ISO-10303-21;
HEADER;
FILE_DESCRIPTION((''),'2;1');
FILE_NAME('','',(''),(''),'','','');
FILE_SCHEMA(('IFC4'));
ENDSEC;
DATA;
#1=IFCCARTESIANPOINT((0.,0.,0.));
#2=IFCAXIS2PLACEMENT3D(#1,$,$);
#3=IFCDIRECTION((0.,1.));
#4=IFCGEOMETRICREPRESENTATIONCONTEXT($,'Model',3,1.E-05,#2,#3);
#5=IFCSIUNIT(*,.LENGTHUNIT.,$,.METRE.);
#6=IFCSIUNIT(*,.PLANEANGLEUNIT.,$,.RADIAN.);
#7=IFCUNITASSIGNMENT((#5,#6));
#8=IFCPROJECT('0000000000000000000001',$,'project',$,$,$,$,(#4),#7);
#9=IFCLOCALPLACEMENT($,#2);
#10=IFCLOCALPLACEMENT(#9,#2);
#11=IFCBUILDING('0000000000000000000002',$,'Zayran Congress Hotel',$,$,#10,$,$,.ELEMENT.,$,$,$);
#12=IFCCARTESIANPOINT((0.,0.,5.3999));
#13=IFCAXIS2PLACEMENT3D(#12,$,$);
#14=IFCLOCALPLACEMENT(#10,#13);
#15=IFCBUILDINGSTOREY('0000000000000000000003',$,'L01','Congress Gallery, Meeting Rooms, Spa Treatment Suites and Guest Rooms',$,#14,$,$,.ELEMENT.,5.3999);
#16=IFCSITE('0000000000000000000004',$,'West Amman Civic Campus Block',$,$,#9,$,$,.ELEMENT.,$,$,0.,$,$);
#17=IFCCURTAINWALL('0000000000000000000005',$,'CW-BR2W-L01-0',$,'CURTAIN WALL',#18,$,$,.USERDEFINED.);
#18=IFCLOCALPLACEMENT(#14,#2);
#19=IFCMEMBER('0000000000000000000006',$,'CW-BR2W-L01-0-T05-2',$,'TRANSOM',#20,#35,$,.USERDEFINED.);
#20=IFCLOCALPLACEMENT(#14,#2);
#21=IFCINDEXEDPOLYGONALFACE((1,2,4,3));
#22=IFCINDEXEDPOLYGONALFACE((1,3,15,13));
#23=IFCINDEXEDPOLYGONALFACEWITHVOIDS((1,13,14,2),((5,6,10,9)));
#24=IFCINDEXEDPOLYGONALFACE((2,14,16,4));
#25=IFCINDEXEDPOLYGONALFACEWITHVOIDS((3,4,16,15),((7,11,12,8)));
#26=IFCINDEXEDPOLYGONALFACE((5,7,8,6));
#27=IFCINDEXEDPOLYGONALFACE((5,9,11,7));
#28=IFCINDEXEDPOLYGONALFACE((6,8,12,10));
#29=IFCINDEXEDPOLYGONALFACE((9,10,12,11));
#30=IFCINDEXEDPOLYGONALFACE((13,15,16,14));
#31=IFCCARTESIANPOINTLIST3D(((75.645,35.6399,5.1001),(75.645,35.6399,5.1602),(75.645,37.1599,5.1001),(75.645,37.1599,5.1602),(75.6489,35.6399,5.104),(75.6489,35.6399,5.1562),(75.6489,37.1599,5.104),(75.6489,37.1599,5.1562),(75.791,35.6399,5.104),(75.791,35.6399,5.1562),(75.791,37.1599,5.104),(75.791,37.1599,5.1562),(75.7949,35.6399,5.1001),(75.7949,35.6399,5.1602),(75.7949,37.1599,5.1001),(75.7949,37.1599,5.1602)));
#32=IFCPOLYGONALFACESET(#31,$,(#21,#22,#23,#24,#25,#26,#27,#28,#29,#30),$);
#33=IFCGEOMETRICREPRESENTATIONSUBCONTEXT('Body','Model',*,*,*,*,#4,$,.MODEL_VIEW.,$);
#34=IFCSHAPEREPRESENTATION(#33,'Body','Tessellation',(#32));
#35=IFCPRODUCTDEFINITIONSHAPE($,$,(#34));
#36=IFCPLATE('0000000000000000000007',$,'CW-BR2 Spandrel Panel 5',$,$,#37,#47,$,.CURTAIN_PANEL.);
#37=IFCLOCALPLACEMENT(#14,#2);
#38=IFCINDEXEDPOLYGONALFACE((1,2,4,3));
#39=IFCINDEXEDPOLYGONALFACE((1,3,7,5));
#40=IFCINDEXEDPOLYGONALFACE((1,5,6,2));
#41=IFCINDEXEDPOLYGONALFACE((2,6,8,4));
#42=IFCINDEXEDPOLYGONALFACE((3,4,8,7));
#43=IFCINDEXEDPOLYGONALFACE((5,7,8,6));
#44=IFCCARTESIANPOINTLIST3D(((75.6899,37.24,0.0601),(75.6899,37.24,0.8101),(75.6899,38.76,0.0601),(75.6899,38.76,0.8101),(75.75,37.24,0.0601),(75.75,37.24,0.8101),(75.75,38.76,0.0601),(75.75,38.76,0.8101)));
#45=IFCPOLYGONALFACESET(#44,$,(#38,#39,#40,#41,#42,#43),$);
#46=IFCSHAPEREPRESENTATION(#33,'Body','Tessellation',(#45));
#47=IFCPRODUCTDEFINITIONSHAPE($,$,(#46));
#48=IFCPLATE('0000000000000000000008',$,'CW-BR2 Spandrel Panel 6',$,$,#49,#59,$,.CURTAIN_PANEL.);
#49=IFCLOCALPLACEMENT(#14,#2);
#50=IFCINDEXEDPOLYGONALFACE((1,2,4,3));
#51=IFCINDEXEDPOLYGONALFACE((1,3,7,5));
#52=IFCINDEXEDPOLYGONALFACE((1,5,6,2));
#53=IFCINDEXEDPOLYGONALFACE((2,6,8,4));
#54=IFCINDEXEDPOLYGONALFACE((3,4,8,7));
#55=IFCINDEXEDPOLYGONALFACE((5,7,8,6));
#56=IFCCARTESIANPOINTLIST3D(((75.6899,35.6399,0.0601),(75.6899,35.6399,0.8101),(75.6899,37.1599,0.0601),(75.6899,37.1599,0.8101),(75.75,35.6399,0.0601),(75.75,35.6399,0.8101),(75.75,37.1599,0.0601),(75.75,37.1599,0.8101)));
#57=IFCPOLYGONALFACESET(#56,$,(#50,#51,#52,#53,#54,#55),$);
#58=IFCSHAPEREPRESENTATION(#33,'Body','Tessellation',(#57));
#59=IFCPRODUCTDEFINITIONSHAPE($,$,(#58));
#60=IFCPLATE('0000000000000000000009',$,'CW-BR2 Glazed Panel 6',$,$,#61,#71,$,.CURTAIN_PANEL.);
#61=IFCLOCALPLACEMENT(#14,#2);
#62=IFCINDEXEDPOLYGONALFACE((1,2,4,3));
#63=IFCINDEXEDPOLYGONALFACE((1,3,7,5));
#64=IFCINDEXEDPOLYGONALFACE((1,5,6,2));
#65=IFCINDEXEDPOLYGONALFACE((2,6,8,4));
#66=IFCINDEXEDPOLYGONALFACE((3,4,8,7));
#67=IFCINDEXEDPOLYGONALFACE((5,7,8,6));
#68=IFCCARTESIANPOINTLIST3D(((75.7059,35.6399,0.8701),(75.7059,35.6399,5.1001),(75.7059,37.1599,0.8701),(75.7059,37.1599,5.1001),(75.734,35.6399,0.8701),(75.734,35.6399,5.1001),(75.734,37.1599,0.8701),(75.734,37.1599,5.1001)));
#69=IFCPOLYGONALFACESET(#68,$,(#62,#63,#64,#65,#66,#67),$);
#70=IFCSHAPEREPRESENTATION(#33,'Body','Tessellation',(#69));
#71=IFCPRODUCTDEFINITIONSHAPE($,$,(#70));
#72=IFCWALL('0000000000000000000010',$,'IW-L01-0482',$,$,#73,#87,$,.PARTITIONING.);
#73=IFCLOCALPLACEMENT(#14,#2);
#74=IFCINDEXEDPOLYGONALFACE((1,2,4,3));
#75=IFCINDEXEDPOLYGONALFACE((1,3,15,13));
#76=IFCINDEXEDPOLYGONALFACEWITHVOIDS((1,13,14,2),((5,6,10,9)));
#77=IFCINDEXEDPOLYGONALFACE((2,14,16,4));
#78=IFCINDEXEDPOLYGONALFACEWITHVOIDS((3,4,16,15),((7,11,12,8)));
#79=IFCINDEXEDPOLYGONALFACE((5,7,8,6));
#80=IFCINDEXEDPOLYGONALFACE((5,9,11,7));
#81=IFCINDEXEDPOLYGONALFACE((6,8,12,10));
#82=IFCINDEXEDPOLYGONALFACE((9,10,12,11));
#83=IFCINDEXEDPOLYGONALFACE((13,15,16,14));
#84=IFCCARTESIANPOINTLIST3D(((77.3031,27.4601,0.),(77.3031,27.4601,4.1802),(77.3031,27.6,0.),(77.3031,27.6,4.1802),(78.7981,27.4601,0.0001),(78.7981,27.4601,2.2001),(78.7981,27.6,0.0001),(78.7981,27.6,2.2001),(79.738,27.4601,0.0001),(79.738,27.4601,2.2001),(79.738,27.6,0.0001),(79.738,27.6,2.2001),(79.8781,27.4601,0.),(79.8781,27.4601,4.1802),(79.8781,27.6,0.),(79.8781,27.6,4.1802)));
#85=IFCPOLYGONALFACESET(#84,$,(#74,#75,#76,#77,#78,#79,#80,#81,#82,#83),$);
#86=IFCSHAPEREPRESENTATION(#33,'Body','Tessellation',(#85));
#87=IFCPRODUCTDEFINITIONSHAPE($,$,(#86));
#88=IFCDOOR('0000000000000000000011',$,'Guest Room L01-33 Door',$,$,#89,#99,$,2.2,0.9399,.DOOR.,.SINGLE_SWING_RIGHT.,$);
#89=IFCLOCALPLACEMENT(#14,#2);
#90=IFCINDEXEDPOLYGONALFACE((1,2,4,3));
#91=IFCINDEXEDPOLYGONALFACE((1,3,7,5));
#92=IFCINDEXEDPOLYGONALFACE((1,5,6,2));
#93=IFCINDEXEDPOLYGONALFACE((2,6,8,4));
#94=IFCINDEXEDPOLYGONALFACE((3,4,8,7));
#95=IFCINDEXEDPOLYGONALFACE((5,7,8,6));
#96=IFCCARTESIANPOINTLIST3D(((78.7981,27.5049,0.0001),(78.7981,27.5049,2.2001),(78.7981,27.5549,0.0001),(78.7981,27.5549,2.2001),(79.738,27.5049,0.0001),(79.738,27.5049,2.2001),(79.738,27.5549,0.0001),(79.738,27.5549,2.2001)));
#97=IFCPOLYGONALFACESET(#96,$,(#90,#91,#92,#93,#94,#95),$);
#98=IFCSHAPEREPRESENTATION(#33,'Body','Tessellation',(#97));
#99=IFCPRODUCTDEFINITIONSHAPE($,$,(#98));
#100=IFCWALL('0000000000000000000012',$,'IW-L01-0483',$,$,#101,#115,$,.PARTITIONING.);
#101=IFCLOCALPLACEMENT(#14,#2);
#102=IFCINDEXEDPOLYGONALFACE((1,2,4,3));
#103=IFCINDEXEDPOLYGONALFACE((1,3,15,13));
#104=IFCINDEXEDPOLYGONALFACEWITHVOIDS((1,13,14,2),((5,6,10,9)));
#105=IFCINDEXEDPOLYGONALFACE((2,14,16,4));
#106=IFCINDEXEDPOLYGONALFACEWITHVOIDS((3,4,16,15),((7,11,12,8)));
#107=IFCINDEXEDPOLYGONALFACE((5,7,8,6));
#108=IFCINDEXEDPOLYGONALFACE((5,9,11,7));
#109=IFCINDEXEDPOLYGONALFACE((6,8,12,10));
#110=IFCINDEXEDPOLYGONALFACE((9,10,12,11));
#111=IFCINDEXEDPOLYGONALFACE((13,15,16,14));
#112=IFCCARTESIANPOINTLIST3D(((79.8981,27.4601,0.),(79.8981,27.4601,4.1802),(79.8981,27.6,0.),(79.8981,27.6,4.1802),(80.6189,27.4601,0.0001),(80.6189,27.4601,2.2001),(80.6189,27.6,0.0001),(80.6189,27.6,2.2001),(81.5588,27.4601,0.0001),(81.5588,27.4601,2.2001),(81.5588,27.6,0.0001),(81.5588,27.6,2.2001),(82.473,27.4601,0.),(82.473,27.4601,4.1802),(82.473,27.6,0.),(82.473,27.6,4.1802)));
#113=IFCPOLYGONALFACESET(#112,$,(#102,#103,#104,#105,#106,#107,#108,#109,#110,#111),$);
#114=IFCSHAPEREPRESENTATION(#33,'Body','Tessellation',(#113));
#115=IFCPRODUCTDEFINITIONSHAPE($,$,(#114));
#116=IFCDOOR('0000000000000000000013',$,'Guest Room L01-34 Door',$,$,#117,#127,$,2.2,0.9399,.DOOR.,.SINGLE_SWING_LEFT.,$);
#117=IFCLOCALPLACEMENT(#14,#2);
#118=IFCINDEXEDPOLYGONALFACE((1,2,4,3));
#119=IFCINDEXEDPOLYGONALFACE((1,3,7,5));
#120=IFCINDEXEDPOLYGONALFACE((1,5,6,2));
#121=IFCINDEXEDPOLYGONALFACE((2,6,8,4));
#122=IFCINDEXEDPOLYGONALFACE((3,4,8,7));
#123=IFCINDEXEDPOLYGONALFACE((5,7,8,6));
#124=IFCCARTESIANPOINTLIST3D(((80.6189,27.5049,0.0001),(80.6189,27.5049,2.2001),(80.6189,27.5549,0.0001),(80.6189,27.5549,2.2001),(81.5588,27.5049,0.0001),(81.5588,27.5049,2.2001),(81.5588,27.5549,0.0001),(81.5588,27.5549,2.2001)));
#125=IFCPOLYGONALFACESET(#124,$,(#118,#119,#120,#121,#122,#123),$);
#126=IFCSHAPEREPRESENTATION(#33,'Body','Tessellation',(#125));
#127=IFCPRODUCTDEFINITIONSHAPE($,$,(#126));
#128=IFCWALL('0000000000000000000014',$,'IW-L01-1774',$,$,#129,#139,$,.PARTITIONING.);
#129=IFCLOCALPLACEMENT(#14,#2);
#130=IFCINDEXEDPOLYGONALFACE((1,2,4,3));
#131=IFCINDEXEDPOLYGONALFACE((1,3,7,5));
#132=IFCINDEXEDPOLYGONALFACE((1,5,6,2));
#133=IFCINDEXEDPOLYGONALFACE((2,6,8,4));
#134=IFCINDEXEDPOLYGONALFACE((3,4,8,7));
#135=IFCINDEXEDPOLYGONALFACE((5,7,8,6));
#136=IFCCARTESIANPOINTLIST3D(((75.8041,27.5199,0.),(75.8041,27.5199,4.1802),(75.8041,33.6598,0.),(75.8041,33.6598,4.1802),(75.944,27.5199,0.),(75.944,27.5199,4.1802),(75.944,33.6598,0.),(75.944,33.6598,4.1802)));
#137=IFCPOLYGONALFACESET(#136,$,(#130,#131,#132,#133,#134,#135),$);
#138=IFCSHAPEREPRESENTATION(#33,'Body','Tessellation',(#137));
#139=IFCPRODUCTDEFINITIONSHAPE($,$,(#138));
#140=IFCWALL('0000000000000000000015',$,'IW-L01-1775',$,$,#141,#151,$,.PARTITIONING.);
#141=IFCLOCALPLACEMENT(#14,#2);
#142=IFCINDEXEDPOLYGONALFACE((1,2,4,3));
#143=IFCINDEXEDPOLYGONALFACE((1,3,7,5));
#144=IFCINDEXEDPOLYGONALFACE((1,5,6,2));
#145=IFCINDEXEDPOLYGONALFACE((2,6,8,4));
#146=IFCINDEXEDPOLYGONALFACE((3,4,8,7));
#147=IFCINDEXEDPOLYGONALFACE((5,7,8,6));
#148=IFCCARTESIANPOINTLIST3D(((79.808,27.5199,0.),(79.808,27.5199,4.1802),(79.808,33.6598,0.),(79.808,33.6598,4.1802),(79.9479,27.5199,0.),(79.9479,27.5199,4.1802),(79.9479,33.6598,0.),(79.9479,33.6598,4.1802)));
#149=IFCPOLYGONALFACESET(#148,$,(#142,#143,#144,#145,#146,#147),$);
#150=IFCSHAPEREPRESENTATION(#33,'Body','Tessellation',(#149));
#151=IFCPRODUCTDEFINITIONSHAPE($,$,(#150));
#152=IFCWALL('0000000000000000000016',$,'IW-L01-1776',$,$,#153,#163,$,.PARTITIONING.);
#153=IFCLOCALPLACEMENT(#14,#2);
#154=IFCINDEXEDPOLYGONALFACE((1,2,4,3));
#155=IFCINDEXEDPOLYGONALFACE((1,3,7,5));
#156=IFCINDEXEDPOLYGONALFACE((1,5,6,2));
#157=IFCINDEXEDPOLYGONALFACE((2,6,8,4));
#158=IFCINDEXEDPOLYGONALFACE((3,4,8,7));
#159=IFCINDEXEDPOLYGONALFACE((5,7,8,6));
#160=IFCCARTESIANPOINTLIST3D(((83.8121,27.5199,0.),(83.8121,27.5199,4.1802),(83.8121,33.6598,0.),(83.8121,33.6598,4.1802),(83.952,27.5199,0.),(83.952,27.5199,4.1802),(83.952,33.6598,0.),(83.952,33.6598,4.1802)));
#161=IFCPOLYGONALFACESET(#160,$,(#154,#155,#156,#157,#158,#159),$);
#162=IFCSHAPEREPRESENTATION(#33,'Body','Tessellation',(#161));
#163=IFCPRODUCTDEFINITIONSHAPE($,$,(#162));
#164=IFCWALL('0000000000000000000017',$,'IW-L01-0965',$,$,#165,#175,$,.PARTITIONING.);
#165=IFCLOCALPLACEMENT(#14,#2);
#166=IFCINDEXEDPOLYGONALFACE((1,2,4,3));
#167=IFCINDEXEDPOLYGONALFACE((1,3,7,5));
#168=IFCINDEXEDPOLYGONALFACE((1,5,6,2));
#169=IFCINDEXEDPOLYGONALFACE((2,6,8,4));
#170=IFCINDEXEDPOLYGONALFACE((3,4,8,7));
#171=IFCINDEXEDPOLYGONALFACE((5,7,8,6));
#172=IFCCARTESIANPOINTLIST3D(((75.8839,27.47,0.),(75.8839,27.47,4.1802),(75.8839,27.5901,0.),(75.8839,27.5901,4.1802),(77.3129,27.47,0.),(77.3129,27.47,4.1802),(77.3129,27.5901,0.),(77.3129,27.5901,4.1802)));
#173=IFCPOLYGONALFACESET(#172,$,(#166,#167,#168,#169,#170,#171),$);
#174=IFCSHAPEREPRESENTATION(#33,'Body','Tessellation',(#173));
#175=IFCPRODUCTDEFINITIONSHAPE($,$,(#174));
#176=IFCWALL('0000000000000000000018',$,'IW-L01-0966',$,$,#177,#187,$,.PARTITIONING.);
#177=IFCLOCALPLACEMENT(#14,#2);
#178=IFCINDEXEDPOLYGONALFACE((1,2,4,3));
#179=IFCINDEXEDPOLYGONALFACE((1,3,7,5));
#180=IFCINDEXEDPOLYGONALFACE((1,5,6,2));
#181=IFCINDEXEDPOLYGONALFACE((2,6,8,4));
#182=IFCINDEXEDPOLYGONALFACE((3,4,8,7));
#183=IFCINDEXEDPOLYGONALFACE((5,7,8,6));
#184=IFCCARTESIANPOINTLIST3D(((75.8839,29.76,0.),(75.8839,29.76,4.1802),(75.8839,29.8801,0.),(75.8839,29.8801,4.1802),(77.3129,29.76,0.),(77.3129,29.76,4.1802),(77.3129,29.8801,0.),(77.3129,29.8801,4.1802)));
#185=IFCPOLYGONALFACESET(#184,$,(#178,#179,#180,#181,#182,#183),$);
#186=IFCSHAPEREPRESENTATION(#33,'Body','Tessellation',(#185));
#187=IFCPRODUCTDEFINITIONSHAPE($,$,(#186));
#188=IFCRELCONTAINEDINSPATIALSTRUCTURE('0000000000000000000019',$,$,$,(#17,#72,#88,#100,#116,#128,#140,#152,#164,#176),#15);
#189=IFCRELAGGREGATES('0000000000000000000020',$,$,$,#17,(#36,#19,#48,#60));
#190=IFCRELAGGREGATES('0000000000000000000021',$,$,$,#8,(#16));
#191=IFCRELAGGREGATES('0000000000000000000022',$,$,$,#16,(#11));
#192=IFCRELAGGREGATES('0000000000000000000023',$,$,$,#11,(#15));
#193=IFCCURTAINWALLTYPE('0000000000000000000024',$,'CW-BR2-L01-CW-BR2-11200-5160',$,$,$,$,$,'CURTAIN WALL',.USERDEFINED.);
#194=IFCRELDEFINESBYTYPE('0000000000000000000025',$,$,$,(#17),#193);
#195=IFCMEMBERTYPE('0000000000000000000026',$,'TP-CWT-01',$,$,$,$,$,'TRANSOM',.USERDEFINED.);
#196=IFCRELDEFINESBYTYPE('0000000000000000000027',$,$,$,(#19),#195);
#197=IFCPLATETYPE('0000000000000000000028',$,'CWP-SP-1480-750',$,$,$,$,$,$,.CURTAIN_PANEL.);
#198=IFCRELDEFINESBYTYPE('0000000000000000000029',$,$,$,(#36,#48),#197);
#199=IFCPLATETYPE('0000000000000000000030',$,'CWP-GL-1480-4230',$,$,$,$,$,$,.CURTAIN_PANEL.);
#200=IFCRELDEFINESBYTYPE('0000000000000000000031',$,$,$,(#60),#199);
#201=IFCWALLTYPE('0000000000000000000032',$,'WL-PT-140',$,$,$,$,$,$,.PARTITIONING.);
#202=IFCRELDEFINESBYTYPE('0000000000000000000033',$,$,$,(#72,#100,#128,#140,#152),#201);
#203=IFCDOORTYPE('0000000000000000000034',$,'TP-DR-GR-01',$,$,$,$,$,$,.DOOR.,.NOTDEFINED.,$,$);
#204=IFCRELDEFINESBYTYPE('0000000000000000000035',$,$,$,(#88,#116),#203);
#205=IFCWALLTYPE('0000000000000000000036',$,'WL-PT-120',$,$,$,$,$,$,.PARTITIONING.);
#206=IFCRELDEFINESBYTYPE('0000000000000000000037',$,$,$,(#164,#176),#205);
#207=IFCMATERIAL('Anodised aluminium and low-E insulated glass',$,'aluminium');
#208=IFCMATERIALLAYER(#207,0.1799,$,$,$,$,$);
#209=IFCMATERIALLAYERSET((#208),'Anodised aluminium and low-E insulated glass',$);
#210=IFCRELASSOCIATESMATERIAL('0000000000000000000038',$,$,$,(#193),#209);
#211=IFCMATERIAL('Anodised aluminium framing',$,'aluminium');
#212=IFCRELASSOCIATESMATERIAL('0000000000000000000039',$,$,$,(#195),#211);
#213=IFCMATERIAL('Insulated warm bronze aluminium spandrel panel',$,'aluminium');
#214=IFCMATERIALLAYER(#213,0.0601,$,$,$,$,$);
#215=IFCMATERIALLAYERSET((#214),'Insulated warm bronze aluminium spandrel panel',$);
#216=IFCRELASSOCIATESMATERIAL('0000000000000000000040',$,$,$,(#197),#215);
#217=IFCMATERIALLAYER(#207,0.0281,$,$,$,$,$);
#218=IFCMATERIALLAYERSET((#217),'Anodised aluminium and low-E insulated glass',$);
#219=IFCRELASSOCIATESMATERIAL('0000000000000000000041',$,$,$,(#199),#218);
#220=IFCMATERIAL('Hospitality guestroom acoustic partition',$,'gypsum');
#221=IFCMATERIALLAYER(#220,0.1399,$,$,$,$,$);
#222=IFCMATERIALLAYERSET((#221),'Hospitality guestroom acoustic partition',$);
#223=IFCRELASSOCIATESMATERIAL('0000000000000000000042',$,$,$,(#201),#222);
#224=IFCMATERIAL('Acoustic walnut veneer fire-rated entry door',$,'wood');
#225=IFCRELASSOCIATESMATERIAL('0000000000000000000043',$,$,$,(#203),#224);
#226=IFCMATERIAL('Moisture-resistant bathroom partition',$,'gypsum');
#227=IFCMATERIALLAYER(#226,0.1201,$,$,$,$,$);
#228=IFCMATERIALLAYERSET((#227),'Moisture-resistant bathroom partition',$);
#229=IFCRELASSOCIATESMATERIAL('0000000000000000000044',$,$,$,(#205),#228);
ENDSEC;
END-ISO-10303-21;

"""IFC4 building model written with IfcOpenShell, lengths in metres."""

from ifc_helpers import new_model, si_unit, direction, frame, frame_2d, origin, origin_2d, place, context, subcontext, project, spatial, rectangle, hollow_rectangle, extrude, material, layer, layer_set, material_profile, profile_set, type_object, element, fill, aggregate, save


model = new_model("IFC4")

# Units and contexts
model_context = context("Model", 3, precision=1e-05, world=origin(), true_north=direction((0.0, 1.0)))
body_context = subcontext(model_context, "Body", "Model", "MODEL_VIEW")
ifc_project = project(units=[si_unit("LENGTHUNIT", "METRE"), si_unit("PLANEANGLEUNIT", "RADIAN")], contexts=[model_context])

# Site, building, storey
site_placement = place(None, origin())
site = spatial("IfcSite", under=ifc_project, at=site_placement, Name="West Amman Civic Campus Block", CompositionType="ELEMENT", RefElevation=0.0)
building_placement = place(site_placement, origin())
building = spatial("IfcBuilding", under=site, at=building_placement, Name="Zayran Congress Hotel", CompositionType="ELEMENT")
storey_placement = place(building_placement, frame((0.0, 0.0, 5.3999)))
storey = spatial("IfcBuildingStorey", under=building, at=storey_placement, Name="L01", Description="Congress Gallery, Meeting Rooms, Spa Treatment Suites and Guest Rooms", CompositionType="ELEMENT", Elevation=5.3999)

# Curtain wall, member, plates
ifc_material_1 = material(Name="Anodised aluminium and low-E insulated glass", Category="aluminium")
ifc_layer_1 = layer(ifc_material_1, 0.1799)
ifc_layer_set_1 = layer_set([ifc_layer_1], Name="Anodised aluminium and low-E insulated glass")
curtain_wall_type = type_object("IfcCurtainWallType", Name="CW-BR2-L01-CW-BR2-11200-5160", ElementType="CURTAIN WALL", PredefinedType="USERDEFINED", material=ifc_layer_set_1)
curtain_wall_placement = place(storey_placement, origin())
curtain_wall = element("IfcCurtainWall", 1, at=curtain_wall_placement, inside=storey, type_object=curtain_wall_type, Name="CW-BR2W-L01-0", ObjectType="CURTAIN WALL", PredefinedType="USERDEFINED")
ifc_material_2 = material(Name="Anodised aluminium framing", Category="aluminium")
ifc_material_profile_1 = material_profile(ifc_material_2, hollow_rectangle(XDim=0.0601, YDim=0.1499, WallThickness=0.0039, at=origin_2d()), Name="RHS 150x60x4")
ifc_profile_set_1 = profile_set([ifc_material_profile_1], Name="Anodised aluminium framing")
member_type_1 = type_object("IfcMemberType", Name="TP-CWT-01", ElementType="TRANSOM", PredefinedType="USERDEFINED", material=ifc_profile_set_1)
member_1_placement = place(storey_placement, frame((75.72, 37.1599, 5.1301), z_axis=(0.0, -1.0, 0.0), x_axis=(0.0, 0.0, 1.0)))
member_1 = element("IfcMember", 2, at=member_1_placement, type_object=member_type_1, Name="CW-BR2W-L01-0-T05-2", ObjectType="TRANSOM", PredefinedType="USERDEFINED", context=body_context, shape_type="SweptSolid", body=[
    extrude(hollow_rectangle(XDim=0.0601, YDim=0.1499, WallThickness=0.0039, at=origin_2d()), origin(), (0.0, 0.0, 1.0), 1.52),
])
ifc_material_3 = material(Name="Insulated warm bronze aluminium spandrel panel", Category="aluminium")
ifc_layer_2 = layer(ifc_material_3, 0.0601)
ifc_layer_set_2 = layer_set([ifc_layer_2], Name="Insulated warm bronze aluminium spandrel panel")
plate_type_1 = type_object("IfcPlateType", Name="CWP-SP-1480-750", PredefinedType="CURTAIN_PANEL", material=ifc_layer_set_2)
plate_1_placement = place(storey_placement, frame((75.72, 38.0, 0.0601), z_axis=(0.0, 0.0, 1.0), x_axis=(0.0, 1.0, 0.0)))
plate_1 = element("IfcPlate", 3, at=plate_1_placement, type_object=plate_type_1, Name="CW-BR2 Spandrel Panel 5", PredefinedType="CURTAIN_PANEL", context=body_context, shape_type="SweptSolid", body=[
    extrude(rectangle(XDim=1.52, YDim=0.0601, at=origin_2d()), origin(), (0.0, 0.0, 1.0), 0.75),
])
plate_2_placement = place(storey_placement, frame((75.72, 36.3999, 0.0601), z_axis=(0.0, 0.0, 1.0), x_axis=(0.0, 1.0, 0.0)))
plate_2 = element("IfcPlate", 4, at=plate_2_placement, type_object=plate_type_1, Name="CW-BR2 Spandrel Panel 6", PredefinedType="CURTAIN_PANEL", context=body_context, shape_type="SweptSolid", body=[
    extrude(rectangle(XDim=1.52, YDim=0.0601, at=origin_2d()), origin(), (0.0, 0.0, 1.0), 0.75),
])
ifc_layer_3 = layer(ifc_material_1, 0.0281)
ifc_layer_set_3 = layer_set([ifc_layer_3], Name="Anodised aluminium and low-E insulated glass")
plate_type_2 = type_object("IfcPlateType", Name="CWP-GL-1480-4230", PredefinedType="CURTAIN_PANEL", material=ifc_layer_set_3)
plate_3_placement = place(storey_placement, frame((75.72, 36.3999, 0.8701), z_axis=(0.0, 0.0, 1.0), x_axis=(0.0, 1.0, 0.0)))
plate_3 = element("IfcPlate", 5, at=plate_3_placement, type_object=plate_type_2, Name="CW-BR2 Glazed Panel 6", PredefinedType="CURTAIN_PANEL", context=body_context, shape_type="SweptSolid", body=[
    extrude(rectangle(XDim=1.52, YDim=0.0281, at=origin_2d()), origin(), (0.0, 0.0, 1.0), 4.23),
])
aggregate(curtain_wall, [plate_1, member_1, plate_2, plate_3])

# Walls, openings, doors
ifc_material_4 = material(Name="Hospitality guestroom acoustic partition", Category="gypsum")
ifc_layer_4 = layer(ifc_material_4, 0.1399)
ifc_layer_set_4 = layer_set([ifc_layer_4], Name="Hospitality guestroom acoustic partition")
wall_type_1 = type_object("IfcWallType", Name="WL-PT-140", PredefinedType="PARTITIONING", material=ifc_layer_set_4)
wall_1_placement = place(storey_placement, frame((77.303, 27.53, 0.0), z_axis=(0.0, 0.0, 1.0), x_axis=(1.0, 0.0, 0.0)))
wall_1 = element("IfcWall", 6, at=wall_1_placement, inside=storey, type_object=wall_type_1, Name="IW-L01-0482", PredefinedType="PARTITIONING", context=body_context, shape_type="SweptSolid", body=[
    extrude(rectangle(XDim=2.575, YDim=0.1399, at=frame_2d((1.2876, 0.0))), origin(), (0.0, 0.0, 1.0), 4.1802),
])
opening_1_placement = place(wall_1_placement, frame((1.4951, 0.0, 0.0)))
opening_1 = element("IfcOpeningElement", 7, at=opening_1_placement, cuts=wall_1, PredefinedType="OPENING", context=body_context, shape_type="SweptSolid", body=[
    extrude(rectangle(XDim=0.9399, YDim=2.2, at=frame_2d((0.47, 1.1001))), frame((0.0, 0.0798, 0.0), z_axis=(0.0, -1.0, 0.0), x_axis=(1.0, 0.0, 0.0)), (0.0, 0.0, 1.0), 0.1599),
])
ifc_material_5 = material(Name="Acoustic walnut veneer fire-rated entry door", Category="wood")
door_type_1 = type_object("IfcDoorType", Name="TP-DR-GR-01", OperationType="NOTDEFINED", PredefinedType="DOOR", material=ifc_material_5)
door_1_placement = place(opening_1_placement, origin())
door_1 = element("IfcDoor", 8, at=door_1_placement, inside=storey, type_object=door_type_1, Name="Guest Room L01-33 Door", OperationType="SINGLE_SWING_RIGHT", OverallHeight=2.2, OverallWidth=0.9399, PredefinedType="DOOR", context=body_context, shape_type="SweptSolid", body=[
    extrude(rectangle(XDim=0.9399, YDim=2.2, at=frame_2d((0.47, 1.1001))), frame((0.0, 0.0249, 0.0), z_axis=(0.0, -1.0, 0.0), x_axis=(1.0, 0.0, 0.0)), (0.0, 0.0, 1.0), 0.05),
])
fill(opening_1, door_1)
wall_2_placement = place(storey_placement, frame((79.8979, 27.53, 0.0), z_axis=(0.0, 0.0, 1.0), x_axis=(1.0, 0.0, 0.0)))
wall_2 = element("IfcWall", 9, at=wall_2_placement, inside=storey, type_object=wall_type_1, Name="IW-L01-0483", PredefinedType="PARTITIONING", context=body_context, shape_type="SweptSolid", body=[
    extrude(rectangle(XDim=2.575, YDim=0.1399, at=frame_2d((1.2876, 0.0))), origin(), (0.0, 0.0, 1.0), 4.1802),
])
opening_2_placement = place(wall_2_placement, frame((0.7209, 0.0, 0.0)))
opening_2 = element("IfcOpeningElement", 10, at=opening_2_placement, cuts=wall_2, PredefinedType="OPENING", context=body_context, shape_type="SweptSolid", body=[
    extrude(rectangle(XDim=0.9399, YDim=2.2, at=frame_2d((0.47, 1.1001))), frame((0.0, 0.0798, 0.0), z_axis=(0.0, -1.0, 0.0), x_axis=(1.0, 0.0, 0.0)), (0.0, 0.0, 1.0), 0.1599),
])
door_2_placement = place(opening_2_placement, origin())
door_2 = element("IfcDoor", 11, at=door_2_placement, inside=storey, type_object=door_type_1, Name="Guest Room L01-34 Door", OperationType="SINGLE_SWING_LEFT", OverallHeight=2.2, OverallWidth=0.9399, PredefinedType="DOOR", context=body_context, shape_type="SweptSolid", body=[
    extrude(rectangle(XDim=0.9399, YDim=2.2, at=frame_2d((0.47, 1.1001))), frame((0.0, 0.0249, 0.0), z_axis=(0.0, -1.0, 0.0), x_axis=(1.0, 0.0, 0.0)), (0.0, 0.0, 1.0), 0.05),
])
fill(opening_2, door_2)

# Walls
for number, where, z_axis, x_axis, name in (
    (12, (75.874, 27.52, 0.0), (0.0, 0.0, 1.0), (0.0, 1.0, 0.0), "IW-L01-1774"),
    (13, (79.8779, 27.52, 0.0), (0.0, 0.0, 1.0), (0.0, 1.0, 0.0), "IW-L01-1775"),
    (14, (83.8821, 27.52, 0.0), (0.0, 0.0, 1.0), (0.0, 1.0, 0.0), "IW-L01-1776"),
):
    element("IfcWall", number, at=place(storey_placement, frame(where, z_axis=z_axis, x_axis=x_axis)), inside=storey, type_object=wall_type_1, Name=name, PredefinedType="PARTITIONING", context=body_context, shape_type="SweptSolid", body=[
        extrude(rectangle(XDim=6.1399, YDim=0.1399, at=frame_2d((3.0698, 0.0))), origin(), (0.0, 0.0, 1.0), 4.1802),
    ])

# Shared definitions
ifc_material_6 = material(Name="Moisture-resistant bathroom partition", Category="gypsum")
ifc_layer_5 = layer(ifc_material_6, 0.1201)
ifc_layer_set_5 = layer_set([ifc_layer_5], Name="Moisture-resistant bathroom partition")
wall_type_2 = type_object("IfcWallType", Name="WL-PT-120", PredefinedType="PARTITIONING", material=ifc_layer_set_5)

# Walls
for number, where, z_axis, x_axis, name in (
    (15, (75.884, 27.53, 0.0), (0.0, 0.0, 1.0), (1.0, 0.0, 0.0), "IW-L01-0965"),
    (16, (75.884, 29.8201, 0.0), (0.0, 0.0, 1.0), (1.0, 0.0, 0.0), "IW-L01-0966"),
):
    element("IfcWall", number, at=place(storey_placement, frame(where, z_axis=z_axis, x_axis=x_axis)), inside=storey, type_object=wall_type_2, Name=name, PredefinedType="PARTITIONING", context=body_context, shape_type="SweptSolid", body=[
        extrude(rectangle(XDim=1.429, YDim=0.1201, at=frame_2d((0.7144, 0.0))), origin(), (0.0, 0.0, 1.0), 4.1802),
    ])

save(model, "model.ifc")
